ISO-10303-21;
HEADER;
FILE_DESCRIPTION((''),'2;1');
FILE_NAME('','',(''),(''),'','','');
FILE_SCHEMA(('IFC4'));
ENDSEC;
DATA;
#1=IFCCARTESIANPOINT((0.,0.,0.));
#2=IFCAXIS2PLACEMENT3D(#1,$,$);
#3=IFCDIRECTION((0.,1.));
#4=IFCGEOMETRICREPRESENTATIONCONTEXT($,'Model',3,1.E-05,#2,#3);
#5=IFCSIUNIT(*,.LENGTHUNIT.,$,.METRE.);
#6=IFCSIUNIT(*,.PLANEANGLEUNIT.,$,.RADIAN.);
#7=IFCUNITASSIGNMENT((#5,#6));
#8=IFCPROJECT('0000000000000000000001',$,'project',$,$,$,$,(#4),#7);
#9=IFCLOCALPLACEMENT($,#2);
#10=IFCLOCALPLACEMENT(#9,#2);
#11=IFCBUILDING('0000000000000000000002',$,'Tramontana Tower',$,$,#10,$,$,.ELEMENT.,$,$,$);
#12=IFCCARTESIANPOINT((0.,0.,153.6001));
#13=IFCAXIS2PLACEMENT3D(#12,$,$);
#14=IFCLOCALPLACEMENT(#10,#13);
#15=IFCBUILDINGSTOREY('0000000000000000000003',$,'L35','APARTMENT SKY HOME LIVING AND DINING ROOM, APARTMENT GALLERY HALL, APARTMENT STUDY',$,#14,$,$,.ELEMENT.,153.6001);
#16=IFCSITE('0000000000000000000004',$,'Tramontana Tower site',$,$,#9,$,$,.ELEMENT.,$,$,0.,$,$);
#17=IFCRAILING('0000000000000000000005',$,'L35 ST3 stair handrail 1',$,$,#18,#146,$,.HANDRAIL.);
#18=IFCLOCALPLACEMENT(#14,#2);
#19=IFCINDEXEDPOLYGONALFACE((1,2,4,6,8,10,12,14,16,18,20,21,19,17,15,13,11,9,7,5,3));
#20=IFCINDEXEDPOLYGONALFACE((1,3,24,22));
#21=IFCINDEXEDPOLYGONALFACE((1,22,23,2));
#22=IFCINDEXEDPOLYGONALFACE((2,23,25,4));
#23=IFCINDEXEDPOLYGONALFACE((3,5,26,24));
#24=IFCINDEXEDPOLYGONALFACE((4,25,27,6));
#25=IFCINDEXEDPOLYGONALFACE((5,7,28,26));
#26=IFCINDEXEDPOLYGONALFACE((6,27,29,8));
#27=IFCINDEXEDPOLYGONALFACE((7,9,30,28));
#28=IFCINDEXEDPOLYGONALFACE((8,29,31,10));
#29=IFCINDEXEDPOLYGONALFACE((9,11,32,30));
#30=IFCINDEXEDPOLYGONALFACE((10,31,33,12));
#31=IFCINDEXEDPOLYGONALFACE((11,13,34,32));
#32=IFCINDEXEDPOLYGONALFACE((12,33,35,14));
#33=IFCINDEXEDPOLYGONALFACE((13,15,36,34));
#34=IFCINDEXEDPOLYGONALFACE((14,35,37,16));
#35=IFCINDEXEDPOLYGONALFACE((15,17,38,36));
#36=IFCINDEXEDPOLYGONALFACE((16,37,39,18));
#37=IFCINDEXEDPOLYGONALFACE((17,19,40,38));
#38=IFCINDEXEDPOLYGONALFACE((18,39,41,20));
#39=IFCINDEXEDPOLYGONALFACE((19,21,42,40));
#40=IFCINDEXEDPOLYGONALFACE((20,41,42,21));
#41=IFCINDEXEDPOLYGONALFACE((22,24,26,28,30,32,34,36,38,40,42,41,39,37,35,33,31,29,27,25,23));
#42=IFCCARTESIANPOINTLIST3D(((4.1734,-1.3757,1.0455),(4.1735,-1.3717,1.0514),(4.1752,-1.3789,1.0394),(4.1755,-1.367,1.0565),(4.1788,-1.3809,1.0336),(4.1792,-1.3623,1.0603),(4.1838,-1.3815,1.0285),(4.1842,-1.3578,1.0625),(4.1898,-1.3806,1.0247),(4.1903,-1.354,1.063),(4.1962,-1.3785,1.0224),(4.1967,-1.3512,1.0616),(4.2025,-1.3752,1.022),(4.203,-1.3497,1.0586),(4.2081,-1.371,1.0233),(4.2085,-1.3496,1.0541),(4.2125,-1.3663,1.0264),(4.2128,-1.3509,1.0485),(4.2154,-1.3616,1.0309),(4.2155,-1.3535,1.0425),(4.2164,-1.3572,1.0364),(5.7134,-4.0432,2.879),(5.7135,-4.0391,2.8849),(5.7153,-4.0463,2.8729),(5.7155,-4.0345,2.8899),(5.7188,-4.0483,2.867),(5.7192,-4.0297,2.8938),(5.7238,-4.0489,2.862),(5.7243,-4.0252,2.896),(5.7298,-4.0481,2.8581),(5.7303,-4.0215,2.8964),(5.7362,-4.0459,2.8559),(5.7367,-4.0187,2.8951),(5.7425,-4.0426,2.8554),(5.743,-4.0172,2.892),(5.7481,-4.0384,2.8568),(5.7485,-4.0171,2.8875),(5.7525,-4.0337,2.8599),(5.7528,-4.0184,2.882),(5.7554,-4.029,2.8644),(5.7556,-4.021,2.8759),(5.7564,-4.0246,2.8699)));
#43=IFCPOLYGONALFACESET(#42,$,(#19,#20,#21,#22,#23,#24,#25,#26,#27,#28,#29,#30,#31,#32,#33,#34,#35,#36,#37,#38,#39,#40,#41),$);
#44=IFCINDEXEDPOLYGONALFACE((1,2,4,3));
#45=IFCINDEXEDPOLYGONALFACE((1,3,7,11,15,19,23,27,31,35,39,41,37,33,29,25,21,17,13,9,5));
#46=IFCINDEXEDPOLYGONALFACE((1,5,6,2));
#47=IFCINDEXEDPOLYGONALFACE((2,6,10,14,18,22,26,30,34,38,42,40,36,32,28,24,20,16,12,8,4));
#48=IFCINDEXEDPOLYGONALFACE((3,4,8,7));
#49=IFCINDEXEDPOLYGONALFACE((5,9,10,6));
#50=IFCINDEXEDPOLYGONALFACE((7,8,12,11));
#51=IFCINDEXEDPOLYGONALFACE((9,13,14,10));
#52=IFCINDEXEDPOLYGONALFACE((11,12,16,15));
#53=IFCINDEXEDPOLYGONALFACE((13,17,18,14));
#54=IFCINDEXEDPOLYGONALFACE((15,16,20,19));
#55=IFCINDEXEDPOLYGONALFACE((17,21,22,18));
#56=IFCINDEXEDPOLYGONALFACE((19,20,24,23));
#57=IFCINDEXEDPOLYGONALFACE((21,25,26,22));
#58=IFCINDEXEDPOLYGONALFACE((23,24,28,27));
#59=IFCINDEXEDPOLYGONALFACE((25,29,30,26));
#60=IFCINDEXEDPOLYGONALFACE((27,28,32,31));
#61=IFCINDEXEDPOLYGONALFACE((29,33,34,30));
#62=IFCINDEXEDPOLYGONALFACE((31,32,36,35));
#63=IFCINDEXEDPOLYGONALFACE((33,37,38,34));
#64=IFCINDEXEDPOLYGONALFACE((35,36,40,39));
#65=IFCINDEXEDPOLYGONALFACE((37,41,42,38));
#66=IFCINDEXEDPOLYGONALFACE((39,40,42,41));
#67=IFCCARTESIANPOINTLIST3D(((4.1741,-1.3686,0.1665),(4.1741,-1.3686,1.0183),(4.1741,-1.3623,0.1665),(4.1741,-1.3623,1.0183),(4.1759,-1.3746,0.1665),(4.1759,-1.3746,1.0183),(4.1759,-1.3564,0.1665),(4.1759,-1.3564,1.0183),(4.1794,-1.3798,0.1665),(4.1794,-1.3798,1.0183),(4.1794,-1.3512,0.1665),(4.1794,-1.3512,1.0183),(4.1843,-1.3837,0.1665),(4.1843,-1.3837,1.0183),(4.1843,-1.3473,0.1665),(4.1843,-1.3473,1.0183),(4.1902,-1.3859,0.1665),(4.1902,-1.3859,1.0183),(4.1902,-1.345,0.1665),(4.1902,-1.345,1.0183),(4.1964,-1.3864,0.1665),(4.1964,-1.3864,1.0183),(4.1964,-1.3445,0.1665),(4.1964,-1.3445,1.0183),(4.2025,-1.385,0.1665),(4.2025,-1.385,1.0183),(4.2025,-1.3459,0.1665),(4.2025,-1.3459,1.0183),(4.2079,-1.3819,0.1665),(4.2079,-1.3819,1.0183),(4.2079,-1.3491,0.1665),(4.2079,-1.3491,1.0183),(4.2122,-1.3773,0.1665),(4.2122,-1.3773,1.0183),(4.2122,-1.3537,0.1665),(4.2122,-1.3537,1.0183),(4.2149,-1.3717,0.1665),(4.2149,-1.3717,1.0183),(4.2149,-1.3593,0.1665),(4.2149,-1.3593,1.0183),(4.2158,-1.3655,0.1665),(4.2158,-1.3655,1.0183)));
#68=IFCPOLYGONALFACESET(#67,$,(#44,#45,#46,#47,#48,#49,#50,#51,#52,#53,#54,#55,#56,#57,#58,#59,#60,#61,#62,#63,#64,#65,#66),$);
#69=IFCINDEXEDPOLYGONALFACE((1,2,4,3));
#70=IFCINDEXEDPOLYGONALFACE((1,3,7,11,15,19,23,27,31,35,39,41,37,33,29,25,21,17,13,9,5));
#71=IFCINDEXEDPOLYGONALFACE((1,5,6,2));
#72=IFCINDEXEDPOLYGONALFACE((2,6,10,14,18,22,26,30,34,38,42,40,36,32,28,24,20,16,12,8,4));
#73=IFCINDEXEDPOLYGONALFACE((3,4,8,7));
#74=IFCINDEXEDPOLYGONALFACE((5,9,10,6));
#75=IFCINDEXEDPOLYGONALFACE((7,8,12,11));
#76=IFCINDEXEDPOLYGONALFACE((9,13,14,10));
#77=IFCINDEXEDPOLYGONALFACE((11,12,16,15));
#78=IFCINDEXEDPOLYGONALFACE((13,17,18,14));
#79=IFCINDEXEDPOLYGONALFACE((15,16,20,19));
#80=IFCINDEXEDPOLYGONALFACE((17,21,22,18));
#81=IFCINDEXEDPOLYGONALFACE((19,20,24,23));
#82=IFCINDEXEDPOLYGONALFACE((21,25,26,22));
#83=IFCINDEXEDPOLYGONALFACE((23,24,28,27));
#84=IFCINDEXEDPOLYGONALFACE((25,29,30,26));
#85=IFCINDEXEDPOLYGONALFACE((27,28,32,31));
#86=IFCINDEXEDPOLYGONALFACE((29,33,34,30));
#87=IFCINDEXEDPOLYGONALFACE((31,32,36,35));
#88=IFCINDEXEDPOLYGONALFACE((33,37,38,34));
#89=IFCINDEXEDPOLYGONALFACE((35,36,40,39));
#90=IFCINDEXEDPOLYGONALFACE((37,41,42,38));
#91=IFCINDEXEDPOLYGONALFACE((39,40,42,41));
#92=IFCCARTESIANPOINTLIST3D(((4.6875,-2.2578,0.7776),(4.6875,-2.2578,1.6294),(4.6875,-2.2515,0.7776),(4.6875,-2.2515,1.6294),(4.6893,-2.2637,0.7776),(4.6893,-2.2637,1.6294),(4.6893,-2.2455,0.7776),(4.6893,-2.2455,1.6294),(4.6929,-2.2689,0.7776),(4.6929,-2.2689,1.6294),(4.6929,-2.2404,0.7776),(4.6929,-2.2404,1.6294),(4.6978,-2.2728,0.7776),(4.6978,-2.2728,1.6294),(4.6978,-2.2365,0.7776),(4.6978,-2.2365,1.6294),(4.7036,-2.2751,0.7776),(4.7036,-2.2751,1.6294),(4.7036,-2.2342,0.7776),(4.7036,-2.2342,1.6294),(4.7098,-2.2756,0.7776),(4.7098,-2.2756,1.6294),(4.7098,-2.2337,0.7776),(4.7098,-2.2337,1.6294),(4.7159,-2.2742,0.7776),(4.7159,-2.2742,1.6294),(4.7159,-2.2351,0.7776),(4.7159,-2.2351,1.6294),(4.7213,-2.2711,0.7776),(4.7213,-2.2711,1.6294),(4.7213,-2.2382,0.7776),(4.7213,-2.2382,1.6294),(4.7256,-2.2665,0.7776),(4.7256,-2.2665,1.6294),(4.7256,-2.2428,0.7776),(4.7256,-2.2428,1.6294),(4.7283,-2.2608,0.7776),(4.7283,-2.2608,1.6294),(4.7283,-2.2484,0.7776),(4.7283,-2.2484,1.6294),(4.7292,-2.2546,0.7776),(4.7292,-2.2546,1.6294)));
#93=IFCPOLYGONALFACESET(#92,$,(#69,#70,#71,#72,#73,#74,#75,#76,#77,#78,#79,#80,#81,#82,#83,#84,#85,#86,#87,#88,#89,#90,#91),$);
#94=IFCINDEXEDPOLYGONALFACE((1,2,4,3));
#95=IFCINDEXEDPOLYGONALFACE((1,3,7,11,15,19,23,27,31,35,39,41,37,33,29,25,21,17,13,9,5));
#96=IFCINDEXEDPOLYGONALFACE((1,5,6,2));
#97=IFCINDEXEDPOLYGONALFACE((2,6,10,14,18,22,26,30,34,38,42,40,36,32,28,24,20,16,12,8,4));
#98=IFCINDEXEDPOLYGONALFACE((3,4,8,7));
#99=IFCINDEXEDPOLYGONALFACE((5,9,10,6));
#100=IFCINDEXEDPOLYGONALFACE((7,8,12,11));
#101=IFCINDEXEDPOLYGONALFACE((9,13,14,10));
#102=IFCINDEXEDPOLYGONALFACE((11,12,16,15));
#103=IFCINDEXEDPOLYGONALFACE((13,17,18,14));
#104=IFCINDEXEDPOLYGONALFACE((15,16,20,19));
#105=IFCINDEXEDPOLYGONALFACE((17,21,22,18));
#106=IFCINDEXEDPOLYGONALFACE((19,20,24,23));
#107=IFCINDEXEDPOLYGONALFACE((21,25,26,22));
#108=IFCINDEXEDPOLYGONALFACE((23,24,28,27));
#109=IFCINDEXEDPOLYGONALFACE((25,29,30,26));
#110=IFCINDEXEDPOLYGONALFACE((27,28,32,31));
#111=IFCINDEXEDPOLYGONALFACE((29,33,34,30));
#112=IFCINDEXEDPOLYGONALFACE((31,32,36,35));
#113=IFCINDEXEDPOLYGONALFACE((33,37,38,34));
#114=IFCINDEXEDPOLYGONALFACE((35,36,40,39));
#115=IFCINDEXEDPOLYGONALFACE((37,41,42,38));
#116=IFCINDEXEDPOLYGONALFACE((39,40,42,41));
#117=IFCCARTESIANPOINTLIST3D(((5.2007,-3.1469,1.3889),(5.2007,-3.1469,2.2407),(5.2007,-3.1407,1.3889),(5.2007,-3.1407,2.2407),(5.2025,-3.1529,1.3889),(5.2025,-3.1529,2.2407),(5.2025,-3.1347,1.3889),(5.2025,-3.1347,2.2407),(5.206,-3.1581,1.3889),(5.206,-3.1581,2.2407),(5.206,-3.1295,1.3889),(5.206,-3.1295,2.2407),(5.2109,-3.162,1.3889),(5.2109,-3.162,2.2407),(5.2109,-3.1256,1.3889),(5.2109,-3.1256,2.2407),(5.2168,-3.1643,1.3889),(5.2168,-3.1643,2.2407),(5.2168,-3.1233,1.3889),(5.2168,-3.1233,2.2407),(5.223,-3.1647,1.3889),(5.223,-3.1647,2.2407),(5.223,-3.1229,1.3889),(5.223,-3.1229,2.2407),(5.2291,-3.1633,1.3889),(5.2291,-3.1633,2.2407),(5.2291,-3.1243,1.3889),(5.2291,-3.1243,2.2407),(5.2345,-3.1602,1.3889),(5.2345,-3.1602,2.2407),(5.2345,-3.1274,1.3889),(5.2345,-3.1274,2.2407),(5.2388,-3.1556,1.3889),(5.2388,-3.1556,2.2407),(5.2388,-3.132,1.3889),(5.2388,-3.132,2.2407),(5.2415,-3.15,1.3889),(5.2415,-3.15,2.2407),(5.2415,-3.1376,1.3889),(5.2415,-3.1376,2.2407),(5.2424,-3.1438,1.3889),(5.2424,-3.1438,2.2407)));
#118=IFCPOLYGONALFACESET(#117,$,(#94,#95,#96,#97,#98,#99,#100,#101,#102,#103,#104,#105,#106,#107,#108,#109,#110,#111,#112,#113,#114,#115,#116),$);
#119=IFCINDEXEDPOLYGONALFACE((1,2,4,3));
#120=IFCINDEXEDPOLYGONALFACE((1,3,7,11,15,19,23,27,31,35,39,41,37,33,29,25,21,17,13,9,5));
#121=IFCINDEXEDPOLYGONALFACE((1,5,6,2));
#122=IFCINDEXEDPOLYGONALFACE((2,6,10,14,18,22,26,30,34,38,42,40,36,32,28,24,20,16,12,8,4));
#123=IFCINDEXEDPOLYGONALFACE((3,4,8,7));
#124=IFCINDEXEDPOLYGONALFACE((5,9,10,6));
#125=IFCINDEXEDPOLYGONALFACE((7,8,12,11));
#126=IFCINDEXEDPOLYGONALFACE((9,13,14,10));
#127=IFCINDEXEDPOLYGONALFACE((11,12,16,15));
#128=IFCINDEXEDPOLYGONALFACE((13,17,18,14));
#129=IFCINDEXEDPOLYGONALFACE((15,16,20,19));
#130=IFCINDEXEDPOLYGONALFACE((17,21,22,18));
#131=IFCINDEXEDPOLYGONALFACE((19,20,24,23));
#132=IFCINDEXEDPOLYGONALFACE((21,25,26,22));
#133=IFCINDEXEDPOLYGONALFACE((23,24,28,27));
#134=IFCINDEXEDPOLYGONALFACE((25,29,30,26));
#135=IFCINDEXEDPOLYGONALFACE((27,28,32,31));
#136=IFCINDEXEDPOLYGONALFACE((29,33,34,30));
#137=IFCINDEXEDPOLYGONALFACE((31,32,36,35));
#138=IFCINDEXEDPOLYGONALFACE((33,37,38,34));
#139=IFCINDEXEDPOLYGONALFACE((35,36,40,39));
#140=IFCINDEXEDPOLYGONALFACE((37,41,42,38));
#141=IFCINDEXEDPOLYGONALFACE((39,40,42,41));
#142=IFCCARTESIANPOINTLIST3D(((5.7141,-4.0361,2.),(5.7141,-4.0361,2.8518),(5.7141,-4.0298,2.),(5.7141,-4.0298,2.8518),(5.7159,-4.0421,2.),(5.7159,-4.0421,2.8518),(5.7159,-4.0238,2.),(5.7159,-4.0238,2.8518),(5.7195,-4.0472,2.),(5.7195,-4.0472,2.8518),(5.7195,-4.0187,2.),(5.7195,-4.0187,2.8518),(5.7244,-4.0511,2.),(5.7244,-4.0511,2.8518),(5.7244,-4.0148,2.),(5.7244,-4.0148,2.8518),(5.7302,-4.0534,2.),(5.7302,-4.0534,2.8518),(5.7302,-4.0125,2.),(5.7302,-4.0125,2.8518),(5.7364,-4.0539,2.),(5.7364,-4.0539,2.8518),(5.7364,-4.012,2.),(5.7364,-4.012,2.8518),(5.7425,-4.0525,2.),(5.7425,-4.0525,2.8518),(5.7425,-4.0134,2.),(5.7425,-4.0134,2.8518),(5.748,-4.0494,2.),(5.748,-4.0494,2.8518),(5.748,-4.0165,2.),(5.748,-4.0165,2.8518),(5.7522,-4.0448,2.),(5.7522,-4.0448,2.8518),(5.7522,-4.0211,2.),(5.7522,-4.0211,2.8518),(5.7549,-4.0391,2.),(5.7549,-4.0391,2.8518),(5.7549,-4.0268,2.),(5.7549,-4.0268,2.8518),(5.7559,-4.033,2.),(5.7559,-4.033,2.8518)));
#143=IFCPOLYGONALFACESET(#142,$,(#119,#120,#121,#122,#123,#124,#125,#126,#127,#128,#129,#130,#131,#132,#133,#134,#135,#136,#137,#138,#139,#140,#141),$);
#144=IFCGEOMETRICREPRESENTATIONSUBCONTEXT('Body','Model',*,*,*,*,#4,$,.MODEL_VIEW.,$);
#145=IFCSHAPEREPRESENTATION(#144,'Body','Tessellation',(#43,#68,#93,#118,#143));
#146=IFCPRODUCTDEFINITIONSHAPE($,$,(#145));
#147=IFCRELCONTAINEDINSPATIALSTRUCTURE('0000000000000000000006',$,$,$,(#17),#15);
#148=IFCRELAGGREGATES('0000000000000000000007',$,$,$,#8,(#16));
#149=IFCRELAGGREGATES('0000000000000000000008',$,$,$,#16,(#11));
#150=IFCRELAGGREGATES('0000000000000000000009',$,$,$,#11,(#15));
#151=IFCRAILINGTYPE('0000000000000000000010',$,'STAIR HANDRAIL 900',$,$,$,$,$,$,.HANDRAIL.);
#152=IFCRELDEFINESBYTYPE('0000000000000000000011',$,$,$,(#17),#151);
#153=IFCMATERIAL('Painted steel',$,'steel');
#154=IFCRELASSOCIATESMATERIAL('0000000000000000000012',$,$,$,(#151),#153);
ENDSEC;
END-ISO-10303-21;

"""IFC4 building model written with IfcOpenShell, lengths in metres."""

from ifc_helpers import new_model, si_unit, direction, frame, origin, origin_2d, place, context, subcontext, project, spatial, circle, extrude, material, type_object, element, save


model = new_model("IFC4")

# Units and contexts
model_context = context("Model", 3, precision=1e-05, world=origin(), true_north=direction((0.0, 1.0)))
body_context = subcontext(model_context, "Body", "Model", "MODEL_VIEW")
ifc_project = project(units=[si_unit("LENGTHUNIT", "METRE"), si_unit("PLANEANGLEUNIT", "RADIAN")], contexts=[model_context])

# Site, building, storey
site_placement = place(None, origin())
site = spatial("IfcSite", under=ifc_project, at=site_placement, Name="Tramontana Tower site", CompositionType="ELEMENT", RefElevation=0.0)
building_placement = place(site_placement, origin())
building = spatial("IfcBuilding", under=site, at=building_placement, Name="Tramontana Tower", CompositionType="ELEMENT")
storey_placement = place(building_placement, frame((0.0, 0.0, 153.6001)))
storey = spatial("IfcBuildingStorey", under=building, at=storey_placement, Name="L35", Description="APARTMENT SKY HOME LIVING AND DINING ROOM, APARTMENT GALLERY HALL, APARTMENT STUDY", CompositionType="ELEMENT", Elevation=153.6001)

# Railing
ifc_material_1 = material(Name="Painted steel", Category="steel")
railing_type_1 = type_object("IfcRailingType", Name="STAIR HANDRAIL 900", PredefinedType="HANDRAIL", material=ifc_material_1)
railing_1_placement = place(storey_placement, frame((4.1948, -1.3655, 0.1665)))
element("IfcRailing", 1, at=railing_1_placement, inside=storey, type_object=railing_type_1, Name="L35 ST3 stair handrail 1", PredefinedType="HANDRAIL", context=body_context, shape_type="SweptSolid", body=[
    extrude(circle(Radius=0.0239, at=origin_2d()), frame((0.0, 0.0, 0.876), z_axis=(0.429634, -0.744164, 0.511502), x_axis=(0.86603, 0.499992, 0.0)), (0.0, 0.0, 1.0), 3.5845),
    extrude(circle(Radius=0.021, at=origin_2d()), origin(), (0.0, 0.0, 1.0), 0.8518),
    extrude(circle(Radius=0.021, at=origin_2d()), frame((0.5134, -0.8892, 0.6111)), (0.0, 0.0, 1.0), 0.8518),
    extrude(circle(Radius=0.021, at=origin_2d()), frame((1.0266, -1.7783, 1.2224)), (0.0, 0.0, 1.0), 0.8518),
    extrude(circle(Radius=0.021, at=origin_2d()), frame((1.54, -2.6675, 1.8335)), (0.0, 0.0, 1.0), 0.8518),
])

save(model, "model.ifc")
